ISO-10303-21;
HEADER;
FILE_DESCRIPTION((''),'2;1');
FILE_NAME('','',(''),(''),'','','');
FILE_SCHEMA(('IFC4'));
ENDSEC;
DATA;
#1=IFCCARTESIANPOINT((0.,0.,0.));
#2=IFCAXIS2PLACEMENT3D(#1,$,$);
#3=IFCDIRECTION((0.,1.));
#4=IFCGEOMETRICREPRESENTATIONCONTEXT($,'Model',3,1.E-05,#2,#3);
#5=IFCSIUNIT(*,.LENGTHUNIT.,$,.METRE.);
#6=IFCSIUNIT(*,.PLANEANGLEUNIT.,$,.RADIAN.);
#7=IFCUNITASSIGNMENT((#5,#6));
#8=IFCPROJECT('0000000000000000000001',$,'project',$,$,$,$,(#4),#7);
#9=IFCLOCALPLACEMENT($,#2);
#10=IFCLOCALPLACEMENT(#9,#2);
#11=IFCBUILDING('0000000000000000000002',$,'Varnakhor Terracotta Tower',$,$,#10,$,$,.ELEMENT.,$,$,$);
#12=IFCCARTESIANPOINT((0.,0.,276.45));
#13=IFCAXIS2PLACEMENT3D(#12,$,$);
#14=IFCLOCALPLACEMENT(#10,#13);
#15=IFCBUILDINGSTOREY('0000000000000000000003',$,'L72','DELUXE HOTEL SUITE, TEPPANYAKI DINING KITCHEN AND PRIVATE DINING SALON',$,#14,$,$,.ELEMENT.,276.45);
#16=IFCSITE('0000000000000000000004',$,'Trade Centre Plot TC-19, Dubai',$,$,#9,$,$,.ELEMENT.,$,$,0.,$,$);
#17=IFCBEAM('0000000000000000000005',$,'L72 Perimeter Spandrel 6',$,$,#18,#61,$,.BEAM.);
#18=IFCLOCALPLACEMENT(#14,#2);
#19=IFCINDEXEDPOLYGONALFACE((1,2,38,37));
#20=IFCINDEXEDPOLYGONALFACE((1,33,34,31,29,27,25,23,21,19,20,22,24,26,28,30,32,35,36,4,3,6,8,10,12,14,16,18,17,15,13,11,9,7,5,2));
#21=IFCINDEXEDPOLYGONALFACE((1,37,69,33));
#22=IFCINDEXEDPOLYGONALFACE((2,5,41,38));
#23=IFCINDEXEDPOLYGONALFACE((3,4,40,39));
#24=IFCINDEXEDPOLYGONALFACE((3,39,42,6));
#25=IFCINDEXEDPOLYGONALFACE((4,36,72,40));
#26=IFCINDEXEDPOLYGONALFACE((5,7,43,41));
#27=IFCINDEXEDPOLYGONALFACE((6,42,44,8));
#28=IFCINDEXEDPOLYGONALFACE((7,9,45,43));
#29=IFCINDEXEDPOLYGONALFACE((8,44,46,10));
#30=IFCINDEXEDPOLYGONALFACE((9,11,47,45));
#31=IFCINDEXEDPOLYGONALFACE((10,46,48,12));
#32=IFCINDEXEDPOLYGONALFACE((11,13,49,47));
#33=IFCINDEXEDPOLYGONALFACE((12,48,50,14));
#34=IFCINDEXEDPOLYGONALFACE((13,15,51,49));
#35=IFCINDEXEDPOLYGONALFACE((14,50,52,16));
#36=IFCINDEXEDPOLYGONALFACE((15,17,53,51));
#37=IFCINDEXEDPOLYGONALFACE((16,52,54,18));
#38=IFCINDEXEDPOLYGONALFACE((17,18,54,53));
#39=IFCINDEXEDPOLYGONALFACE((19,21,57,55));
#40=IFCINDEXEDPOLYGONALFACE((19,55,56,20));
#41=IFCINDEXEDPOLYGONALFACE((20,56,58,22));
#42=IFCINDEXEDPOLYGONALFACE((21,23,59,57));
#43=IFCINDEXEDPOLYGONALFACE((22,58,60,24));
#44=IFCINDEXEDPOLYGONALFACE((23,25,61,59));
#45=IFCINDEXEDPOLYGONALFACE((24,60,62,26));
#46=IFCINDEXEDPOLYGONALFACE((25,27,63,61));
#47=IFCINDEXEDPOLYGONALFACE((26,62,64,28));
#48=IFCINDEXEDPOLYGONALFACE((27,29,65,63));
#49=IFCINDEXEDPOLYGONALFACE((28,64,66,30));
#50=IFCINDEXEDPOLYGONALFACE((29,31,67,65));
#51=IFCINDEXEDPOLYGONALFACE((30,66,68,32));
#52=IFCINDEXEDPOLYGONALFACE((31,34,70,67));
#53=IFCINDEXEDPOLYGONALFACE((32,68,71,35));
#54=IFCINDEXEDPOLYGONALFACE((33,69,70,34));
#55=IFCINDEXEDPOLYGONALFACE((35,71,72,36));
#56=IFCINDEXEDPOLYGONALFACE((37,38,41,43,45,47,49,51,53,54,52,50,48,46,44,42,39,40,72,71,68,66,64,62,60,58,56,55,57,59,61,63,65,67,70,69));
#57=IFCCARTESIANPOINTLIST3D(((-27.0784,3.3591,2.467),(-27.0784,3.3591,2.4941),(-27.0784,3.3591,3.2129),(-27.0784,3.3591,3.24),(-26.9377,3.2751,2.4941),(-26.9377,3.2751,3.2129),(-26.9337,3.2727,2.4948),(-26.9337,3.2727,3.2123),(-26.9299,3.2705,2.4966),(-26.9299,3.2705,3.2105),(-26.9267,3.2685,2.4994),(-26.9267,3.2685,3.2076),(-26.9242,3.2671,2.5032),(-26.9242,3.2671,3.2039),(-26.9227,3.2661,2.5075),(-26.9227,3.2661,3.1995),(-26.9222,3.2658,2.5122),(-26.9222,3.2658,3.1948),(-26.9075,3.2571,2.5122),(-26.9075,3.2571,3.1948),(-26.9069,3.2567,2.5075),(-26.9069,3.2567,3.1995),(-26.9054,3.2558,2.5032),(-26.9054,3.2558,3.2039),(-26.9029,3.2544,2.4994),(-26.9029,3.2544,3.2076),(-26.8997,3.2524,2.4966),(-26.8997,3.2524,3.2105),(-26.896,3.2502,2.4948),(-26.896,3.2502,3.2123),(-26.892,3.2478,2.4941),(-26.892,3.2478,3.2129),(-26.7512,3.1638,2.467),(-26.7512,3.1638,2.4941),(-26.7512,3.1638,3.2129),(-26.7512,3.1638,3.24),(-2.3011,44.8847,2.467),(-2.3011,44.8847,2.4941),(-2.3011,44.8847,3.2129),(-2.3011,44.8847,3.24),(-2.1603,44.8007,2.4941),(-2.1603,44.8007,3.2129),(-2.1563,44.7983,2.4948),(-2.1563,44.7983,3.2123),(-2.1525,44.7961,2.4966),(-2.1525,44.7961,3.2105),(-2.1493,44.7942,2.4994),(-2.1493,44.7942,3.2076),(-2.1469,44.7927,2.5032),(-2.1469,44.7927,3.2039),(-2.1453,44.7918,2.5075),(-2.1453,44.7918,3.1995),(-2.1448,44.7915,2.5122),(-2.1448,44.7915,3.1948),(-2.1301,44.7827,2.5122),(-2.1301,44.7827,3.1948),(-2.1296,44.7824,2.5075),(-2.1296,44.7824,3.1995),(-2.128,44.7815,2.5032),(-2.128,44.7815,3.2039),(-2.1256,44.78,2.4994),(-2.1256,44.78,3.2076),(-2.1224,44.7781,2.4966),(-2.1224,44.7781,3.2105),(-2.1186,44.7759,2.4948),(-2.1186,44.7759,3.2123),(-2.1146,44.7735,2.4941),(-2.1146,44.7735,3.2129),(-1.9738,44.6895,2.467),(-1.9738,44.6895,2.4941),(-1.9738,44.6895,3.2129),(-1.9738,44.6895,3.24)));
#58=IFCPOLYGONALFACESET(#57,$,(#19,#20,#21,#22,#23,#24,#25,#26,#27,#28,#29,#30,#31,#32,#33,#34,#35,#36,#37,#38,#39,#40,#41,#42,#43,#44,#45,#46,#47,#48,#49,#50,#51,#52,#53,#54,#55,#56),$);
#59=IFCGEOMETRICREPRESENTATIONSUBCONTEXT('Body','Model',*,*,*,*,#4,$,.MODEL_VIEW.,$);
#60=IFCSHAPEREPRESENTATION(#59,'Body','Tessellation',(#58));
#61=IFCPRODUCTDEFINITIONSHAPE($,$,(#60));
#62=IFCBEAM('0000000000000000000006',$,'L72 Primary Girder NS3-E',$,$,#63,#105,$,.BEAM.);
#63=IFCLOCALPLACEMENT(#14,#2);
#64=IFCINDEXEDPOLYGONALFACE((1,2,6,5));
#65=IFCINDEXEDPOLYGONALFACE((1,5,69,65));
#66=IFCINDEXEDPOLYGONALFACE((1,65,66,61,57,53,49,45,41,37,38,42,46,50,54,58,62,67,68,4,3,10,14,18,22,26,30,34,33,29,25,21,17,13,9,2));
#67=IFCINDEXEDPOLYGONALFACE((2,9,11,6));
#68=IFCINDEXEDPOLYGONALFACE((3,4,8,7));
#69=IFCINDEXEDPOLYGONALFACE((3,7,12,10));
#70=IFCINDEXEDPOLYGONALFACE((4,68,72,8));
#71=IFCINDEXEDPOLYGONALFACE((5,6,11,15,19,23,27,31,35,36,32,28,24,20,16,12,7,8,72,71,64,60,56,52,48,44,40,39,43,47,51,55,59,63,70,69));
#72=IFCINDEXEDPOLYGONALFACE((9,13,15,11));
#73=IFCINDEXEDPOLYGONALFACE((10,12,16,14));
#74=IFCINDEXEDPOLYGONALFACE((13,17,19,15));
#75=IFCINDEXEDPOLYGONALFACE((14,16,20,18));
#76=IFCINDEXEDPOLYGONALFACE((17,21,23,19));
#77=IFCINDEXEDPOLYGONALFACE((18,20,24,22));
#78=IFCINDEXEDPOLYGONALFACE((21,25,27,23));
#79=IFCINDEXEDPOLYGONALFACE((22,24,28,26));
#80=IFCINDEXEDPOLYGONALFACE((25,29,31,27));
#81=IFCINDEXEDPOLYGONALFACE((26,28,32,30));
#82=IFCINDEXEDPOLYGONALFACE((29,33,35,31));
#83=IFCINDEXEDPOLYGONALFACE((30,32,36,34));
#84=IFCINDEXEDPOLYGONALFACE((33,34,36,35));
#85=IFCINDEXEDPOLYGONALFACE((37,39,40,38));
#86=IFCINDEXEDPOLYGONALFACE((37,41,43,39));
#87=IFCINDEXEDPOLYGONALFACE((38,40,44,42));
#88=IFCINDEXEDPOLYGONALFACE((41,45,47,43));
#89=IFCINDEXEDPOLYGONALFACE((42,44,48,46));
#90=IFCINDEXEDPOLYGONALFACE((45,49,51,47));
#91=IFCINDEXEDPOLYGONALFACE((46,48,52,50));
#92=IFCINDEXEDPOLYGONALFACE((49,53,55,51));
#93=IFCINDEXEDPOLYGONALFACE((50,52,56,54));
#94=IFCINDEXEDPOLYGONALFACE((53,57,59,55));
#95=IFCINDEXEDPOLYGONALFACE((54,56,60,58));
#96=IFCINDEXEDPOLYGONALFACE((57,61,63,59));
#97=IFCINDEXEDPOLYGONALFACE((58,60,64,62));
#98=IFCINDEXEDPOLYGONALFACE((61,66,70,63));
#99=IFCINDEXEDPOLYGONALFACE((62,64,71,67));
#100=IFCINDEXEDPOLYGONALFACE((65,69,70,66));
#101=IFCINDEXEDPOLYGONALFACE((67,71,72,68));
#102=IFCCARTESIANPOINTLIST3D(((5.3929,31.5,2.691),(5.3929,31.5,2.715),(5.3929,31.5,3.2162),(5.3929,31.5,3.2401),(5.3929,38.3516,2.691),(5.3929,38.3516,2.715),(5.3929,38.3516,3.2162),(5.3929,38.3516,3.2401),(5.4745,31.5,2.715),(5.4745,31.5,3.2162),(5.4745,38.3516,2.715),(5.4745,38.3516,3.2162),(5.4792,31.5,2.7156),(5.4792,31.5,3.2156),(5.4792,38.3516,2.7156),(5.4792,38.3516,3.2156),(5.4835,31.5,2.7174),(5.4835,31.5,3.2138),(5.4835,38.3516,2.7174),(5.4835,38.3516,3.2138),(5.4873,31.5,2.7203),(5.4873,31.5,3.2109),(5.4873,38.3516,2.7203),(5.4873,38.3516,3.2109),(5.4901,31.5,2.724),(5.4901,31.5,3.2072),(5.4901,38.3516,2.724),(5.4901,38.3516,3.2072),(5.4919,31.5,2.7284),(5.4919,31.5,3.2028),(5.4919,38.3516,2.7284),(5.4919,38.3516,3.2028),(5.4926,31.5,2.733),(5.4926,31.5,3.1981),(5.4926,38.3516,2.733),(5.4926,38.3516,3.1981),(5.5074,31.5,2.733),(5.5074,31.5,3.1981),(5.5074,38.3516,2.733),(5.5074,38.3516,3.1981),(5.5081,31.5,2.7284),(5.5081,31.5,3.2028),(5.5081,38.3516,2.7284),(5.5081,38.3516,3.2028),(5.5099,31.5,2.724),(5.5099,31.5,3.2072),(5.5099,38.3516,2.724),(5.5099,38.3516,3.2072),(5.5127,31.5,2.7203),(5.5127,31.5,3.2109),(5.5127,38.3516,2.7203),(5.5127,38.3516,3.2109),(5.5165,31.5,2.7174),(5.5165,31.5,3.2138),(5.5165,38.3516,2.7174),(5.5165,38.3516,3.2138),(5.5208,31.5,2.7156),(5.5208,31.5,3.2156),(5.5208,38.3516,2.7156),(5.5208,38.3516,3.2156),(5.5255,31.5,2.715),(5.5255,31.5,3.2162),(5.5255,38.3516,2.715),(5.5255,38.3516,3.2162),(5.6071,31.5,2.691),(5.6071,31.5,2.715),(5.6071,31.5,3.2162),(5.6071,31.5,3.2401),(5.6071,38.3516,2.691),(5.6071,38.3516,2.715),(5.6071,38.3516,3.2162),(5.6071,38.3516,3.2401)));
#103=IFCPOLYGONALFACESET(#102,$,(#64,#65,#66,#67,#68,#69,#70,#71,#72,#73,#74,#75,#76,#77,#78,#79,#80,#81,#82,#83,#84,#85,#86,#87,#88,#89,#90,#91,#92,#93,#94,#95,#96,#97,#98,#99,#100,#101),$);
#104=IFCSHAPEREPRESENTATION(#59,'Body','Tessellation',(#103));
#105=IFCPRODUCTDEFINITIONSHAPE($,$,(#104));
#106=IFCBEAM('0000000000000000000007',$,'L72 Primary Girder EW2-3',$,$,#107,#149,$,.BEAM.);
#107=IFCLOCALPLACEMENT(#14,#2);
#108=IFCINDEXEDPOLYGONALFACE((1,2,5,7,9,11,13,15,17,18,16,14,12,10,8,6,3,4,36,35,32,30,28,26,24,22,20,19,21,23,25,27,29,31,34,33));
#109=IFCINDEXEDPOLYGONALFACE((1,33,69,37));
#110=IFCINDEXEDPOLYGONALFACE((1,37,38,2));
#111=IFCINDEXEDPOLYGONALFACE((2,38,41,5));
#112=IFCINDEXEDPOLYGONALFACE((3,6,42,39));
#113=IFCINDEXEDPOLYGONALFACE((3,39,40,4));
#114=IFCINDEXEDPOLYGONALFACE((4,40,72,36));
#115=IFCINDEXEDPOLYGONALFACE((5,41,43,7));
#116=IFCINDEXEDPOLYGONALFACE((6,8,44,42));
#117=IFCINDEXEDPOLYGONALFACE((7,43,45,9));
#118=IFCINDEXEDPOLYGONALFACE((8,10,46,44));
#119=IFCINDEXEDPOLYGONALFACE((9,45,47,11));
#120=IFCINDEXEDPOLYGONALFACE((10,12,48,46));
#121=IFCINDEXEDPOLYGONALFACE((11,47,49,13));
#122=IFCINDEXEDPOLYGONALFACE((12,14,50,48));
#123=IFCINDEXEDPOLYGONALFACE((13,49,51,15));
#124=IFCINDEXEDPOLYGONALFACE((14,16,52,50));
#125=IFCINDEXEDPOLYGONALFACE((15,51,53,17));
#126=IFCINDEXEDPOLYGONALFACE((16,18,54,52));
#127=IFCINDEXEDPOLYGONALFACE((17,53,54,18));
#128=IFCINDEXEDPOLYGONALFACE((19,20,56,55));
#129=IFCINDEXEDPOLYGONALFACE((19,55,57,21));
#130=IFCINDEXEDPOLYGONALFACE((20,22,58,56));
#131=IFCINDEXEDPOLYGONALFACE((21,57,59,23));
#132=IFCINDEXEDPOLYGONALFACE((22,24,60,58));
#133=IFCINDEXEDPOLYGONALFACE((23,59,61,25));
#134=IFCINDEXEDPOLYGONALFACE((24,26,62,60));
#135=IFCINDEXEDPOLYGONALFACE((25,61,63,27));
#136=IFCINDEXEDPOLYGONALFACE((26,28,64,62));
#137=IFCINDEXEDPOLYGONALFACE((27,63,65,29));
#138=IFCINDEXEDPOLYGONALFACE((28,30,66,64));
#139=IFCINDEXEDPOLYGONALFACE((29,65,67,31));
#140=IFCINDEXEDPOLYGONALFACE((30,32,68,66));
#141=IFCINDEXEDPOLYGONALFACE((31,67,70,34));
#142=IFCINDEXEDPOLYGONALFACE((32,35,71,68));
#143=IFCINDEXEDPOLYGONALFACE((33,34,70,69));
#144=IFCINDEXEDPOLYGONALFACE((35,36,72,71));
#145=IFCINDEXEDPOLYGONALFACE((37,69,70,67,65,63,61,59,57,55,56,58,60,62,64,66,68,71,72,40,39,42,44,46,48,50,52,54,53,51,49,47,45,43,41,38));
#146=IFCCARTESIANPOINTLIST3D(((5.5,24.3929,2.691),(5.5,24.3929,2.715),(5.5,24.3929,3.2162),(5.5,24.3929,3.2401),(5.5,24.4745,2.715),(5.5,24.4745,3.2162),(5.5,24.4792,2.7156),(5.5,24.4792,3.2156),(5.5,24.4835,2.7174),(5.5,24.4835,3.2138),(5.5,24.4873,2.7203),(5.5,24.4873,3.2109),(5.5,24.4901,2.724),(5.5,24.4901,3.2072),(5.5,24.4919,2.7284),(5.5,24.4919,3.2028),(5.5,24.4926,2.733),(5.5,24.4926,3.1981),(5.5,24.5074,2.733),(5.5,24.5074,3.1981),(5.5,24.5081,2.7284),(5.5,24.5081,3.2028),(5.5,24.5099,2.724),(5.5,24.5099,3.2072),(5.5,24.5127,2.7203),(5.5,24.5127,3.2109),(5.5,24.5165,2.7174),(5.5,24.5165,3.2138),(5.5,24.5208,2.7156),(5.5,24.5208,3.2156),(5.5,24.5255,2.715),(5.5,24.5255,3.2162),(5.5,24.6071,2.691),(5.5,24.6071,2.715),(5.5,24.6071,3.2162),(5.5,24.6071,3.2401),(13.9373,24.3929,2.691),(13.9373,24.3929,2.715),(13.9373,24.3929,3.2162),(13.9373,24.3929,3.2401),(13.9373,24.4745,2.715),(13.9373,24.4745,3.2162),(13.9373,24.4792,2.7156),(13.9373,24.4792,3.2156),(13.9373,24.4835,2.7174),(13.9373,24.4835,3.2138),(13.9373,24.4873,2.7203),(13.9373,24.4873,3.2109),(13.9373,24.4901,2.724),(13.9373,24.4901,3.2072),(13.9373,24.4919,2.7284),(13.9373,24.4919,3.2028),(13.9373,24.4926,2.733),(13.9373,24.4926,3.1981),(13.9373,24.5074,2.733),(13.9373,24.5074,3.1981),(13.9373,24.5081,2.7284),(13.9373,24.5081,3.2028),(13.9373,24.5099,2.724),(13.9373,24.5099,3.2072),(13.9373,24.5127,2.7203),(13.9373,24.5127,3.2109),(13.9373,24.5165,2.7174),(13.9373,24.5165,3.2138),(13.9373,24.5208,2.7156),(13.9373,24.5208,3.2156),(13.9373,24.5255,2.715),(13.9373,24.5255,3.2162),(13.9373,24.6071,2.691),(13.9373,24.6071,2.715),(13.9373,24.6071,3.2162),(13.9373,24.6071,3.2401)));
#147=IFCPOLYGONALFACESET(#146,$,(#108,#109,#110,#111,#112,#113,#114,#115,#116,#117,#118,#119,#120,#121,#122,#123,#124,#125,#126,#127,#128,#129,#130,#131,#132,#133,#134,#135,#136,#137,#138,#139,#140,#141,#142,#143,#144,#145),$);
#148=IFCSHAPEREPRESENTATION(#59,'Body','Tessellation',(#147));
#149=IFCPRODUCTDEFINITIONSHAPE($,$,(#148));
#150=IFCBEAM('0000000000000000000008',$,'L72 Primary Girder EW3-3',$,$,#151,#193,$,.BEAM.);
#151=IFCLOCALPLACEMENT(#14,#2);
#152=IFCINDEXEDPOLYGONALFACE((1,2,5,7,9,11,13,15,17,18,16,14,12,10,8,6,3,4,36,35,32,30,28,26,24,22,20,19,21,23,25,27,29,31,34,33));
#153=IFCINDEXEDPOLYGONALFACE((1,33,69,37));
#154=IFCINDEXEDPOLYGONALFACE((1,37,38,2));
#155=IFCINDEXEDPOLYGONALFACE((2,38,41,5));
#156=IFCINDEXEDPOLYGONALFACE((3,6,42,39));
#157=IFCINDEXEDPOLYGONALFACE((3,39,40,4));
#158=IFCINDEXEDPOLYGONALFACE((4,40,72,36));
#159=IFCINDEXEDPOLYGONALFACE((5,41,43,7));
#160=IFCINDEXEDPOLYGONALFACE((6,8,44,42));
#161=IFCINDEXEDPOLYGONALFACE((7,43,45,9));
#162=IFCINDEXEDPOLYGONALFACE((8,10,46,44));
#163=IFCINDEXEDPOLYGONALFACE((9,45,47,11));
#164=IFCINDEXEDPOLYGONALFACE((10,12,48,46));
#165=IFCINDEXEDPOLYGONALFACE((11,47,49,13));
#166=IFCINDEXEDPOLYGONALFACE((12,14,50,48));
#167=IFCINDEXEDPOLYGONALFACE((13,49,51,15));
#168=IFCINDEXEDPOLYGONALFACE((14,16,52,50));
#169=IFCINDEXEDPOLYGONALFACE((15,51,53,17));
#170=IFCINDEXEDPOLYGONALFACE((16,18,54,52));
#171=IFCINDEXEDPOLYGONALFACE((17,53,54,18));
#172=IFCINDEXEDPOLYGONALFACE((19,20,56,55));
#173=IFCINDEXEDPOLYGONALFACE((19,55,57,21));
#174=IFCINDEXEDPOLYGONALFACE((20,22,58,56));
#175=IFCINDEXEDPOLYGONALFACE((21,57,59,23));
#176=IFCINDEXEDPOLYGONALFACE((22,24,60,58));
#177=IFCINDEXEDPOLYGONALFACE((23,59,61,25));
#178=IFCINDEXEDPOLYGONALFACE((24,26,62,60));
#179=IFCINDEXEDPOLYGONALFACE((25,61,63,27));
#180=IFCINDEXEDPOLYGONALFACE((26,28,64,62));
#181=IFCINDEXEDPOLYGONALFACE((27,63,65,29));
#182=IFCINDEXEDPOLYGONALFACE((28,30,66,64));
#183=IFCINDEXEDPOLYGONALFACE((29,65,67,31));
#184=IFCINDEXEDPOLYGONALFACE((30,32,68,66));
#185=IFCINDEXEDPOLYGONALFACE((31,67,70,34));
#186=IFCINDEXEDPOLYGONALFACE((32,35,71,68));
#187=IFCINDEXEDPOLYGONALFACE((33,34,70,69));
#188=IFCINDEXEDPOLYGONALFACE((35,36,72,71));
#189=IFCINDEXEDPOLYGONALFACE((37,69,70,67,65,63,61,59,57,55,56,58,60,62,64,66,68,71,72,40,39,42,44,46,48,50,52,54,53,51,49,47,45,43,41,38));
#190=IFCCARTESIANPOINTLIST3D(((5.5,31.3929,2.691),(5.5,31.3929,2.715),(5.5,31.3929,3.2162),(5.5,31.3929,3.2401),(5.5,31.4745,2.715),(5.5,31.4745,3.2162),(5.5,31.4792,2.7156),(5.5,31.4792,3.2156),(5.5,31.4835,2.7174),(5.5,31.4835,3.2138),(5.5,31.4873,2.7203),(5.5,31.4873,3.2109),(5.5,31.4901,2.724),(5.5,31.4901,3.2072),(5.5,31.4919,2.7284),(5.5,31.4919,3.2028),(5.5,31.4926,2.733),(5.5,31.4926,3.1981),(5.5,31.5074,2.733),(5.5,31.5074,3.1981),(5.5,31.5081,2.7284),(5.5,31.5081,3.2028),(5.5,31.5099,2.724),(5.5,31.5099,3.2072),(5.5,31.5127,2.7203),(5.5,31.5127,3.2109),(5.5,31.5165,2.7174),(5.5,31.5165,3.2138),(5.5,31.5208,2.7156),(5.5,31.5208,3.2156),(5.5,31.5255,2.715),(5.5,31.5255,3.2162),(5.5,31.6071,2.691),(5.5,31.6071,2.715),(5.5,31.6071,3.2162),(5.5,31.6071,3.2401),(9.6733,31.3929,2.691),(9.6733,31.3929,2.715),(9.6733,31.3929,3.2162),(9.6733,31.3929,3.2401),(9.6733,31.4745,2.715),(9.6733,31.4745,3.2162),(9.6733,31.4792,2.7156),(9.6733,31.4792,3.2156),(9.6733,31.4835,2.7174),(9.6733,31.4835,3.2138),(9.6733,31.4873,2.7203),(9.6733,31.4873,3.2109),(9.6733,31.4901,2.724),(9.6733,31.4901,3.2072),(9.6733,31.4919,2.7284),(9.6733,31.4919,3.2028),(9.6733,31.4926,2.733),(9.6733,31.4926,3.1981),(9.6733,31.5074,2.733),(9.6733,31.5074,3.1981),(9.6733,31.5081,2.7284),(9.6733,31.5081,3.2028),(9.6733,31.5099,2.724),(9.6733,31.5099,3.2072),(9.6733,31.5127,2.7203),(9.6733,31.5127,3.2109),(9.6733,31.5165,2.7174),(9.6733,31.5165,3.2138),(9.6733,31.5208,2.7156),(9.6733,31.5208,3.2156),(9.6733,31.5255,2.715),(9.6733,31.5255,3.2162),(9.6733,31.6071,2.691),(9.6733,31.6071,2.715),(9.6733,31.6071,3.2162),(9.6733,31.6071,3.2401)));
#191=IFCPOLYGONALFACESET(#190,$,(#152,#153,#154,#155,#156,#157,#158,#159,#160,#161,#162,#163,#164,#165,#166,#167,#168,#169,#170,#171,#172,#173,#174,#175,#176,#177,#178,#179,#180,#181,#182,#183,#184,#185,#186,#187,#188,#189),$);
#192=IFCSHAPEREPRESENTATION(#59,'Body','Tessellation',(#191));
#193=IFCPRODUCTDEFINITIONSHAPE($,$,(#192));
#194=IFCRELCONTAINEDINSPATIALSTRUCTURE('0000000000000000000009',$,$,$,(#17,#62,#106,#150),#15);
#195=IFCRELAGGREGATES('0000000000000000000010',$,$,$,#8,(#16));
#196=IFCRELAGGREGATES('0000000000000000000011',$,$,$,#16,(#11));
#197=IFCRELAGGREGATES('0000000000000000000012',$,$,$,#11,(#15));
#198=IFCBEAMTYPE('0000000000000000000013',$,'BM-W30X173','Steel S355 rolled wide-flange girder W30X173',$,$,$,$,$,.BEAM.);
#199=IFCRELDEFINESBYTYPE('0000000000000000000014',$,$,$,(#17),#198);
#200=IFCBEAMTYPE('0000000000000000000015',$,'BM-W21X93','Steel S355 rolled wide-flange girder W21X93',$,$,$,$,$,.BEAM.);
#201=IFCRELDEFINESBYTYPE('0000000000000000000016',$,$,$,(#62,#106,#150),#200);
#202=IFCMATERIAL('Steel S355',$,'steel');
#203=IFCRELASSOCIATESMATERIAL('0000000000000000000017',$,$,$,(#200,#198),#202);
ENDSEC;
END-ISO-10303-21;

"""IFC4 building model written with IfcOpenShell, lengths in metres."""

from ifc_helpers import new_model, si_unit, direction, frame, origin, origin_2d, place, context, subcontext, project, spatial, i_section, extrude, source, transform, mapped, material, material_profile, profile_set, type_object, element, save


model = new_model("IFC4")

# Units and contexts
model_context = context("Model", 3, precision=1e-05, world=origin(), true_north=direction((0.0, 1.0)))
body_context = subcontext(model_context, "Body", "Model", "MODEL_VIEW")
ifc_project = project(units=[si_unit("LENGTHUNIT", "METRE"), si_unit("PLANEANGLEUNIT", "RADIAN")], contexts=[model_context])

# Site, building, storey
site_placement = place(None, origin())
site = spatial("IfcSite", under=ifc_project, at=site_placement, Name="Trade Centre Plot TC-19, Dubai", CompositionType="ELEMENT", RefElevation=0.0)
building_placement = place(site_placement, origin())
building = spatial("IfcBuilding", under=site, at=building_placement, Name="Varnakhor Terracotta Tower", CompositionType="ELEMENT")
storey_placement = place(building_placement, frame((0.0, 0.0, 276.45)))
storey = spatial("IfcBuildingStorey", under=building, at=storey_placement, Name="L72", Description="DELUXE HOTEL SUITE, TEPPANYAKI DINING KITCHEN AND PRIVATE DINING SALON", CompositionType="ELEMENT", Elevation=276.45)

# Shared definitions
ifc_material_1 = material(Name="Steel S355", Category="steel")

# Beams
ifc_material_profile_1 = material_profile(ifc_material_1, i_section(OverallWidth=0.2141, OverallDepth=0.5491, WebThickness=0.0149, FlangeThickness=0.0239, FilletRadius=0.0181, at=origin_2d()), Name="W21X93")
ifc_profile_set_1 = profile_set([ifc_material_profile_1], Name="Steel S355")
beam_type_1 = type_object("IfcBeamType", Name="BM-W21X93", Description="Steel S355 rolled wide-flange girder W21X93", PredefinedType="BEAM", material=ifc_profile_set_1)
ifc_material_profile_2 = material_profile(ifc_material_1, i_section(OverallWidth=0.3811, OverallDepth=0.7729, WebThickness=0.0171, FlangeThickness=0.0271, FilletRadius=0.0181, at=origin_2d()), Name="W30X173")
ifc_profile_set_2 = profile_set([ifc_material_profile_2], Name="Steel S355")
beam_type_2 = type_object("IfcBeamType", Name="BM-W30X173", Description="Steel S355 rolled wide-flange girder W30X173", PredefinedType="BEAM", material=ifc_profile_set_2)
shared_shape_1 = source(origin(), body_context, "Body", "SweptSolid", [
    extrude(i_section(OverallWidth=0.3811, OverallDepth=0.7729, WebThickness=0.0171, FlangeThickness=0.0271, FilletRadius=0.0181, at=origin_2d()), origin(), (0.0, 0.0, 1.0), 48.356),
])
beam_1_placement = place(storey_placement, frame((-2.1375, 44.7871, 2.8535), z_axis=(-0.512395, -0.85875, 0.0), x_axis=(0.85875, -0.512395, 0.0)))
element("IfcBeam", 1, at=beam_1_placement, inside=storey, type_object=beam_type_2, Name="L72 Perimeter Spandrel 6", PredefinedType="BEAM", context=body_context, shape_type="MappedRepresentation", body=[
    mapped(shared_shape_1, transform((0.0, 0.0, 0.0), scale=1.0)),
])
shared_shape_2 = source(origin(), body_context, "Body", "SweptSolid", [
    extrude(i_section(OverallWidth=0.2141, OverallDepth=0.5491, WebThickness=0.0149, FlangeThickness=0.0239, FilletRadius=0.0181, at=origin_2d()), origin(), (0.0, 0.0, 1.0), 6.8516),
])
beam_2_placement = place(storey_placement, frame((5.5, 31.5, 2.9656), z_axis=(0.0, 1.0, 0.0), x_axis=(-1.0, 0.0, 0.0)))
element("IfcBeam", 2, at=beam_2_placement, inside=storey, type_object=beam_type_1, Name="L72 Primary Girder NS3-E", PredefinedType="BEAM", context=body_context, shape_type="MappedRepresentation", body=[
    mapped(shared_shape_2, transform((0.0, 0.0, 0.0), scale=1.0)),
])
shared_shape_3 = source(origin(), body_context, "Body", "SweptSolid", [
    extrude(i_section(OverallWidth=0.2141, OverallDepth=0.5491, WebThickness=0.0149, FlangeThickness=0.0239, FilletRadius=0.0181, at=origin_2d()), origin(), (0.0, 0.0, 1.0), 8.4373),
])
beam_3_placement = place(storey_placement, frame((5.5, 24.5, 2.9656), z_axis=(1.0, 0.0, 0.0), x_axis=(0.0, 1.0, 0.0)))
element("IfcBeam", 3, at=beam_3_placement, inside=storey, type_object=beam_type_1, Name="L72 Primary Girder EW2-3", PredefinedType="BEAM", context=body_context, shape_type="MappedRepresentation", body=[
    mapped(shared_shape_3, transform((0.0, 0.0, 0.0), scale=1.0)),
])
shared_shape_4 = source(origin(), body_context, "Body", "SweptSolid", [
    extrude(i_section(OverallWidth=0.2141, OverallDepth=0.5491, WebThickness=0.0149, FlangeThickness=0.0239, FilletRadius=0.0181, at=origin_2d()), origin(), (0.0, 0.0, 1.0), 4.1733),
])
beam_4_placement = place(storey_placement, frame((5.5, 31.5, 2.9656), z_axis=(1.0, 0.0, 0.0), x_axis=(0.0, 1.0, 0.0)))
element("IfcBeam", 4, at=beam_4_placement, inside=storey, type_object=beam_type_1, Name="L72 Primary Girder EW3-3", PredefinedType="BEAM", context=body_context, shape_type="MappedRepresentation", body=[
    mapped(shared_shape_4, transform((0.0, 0.0, 0.0), scale=1.0)),
])

save(model, "model.ifc")
